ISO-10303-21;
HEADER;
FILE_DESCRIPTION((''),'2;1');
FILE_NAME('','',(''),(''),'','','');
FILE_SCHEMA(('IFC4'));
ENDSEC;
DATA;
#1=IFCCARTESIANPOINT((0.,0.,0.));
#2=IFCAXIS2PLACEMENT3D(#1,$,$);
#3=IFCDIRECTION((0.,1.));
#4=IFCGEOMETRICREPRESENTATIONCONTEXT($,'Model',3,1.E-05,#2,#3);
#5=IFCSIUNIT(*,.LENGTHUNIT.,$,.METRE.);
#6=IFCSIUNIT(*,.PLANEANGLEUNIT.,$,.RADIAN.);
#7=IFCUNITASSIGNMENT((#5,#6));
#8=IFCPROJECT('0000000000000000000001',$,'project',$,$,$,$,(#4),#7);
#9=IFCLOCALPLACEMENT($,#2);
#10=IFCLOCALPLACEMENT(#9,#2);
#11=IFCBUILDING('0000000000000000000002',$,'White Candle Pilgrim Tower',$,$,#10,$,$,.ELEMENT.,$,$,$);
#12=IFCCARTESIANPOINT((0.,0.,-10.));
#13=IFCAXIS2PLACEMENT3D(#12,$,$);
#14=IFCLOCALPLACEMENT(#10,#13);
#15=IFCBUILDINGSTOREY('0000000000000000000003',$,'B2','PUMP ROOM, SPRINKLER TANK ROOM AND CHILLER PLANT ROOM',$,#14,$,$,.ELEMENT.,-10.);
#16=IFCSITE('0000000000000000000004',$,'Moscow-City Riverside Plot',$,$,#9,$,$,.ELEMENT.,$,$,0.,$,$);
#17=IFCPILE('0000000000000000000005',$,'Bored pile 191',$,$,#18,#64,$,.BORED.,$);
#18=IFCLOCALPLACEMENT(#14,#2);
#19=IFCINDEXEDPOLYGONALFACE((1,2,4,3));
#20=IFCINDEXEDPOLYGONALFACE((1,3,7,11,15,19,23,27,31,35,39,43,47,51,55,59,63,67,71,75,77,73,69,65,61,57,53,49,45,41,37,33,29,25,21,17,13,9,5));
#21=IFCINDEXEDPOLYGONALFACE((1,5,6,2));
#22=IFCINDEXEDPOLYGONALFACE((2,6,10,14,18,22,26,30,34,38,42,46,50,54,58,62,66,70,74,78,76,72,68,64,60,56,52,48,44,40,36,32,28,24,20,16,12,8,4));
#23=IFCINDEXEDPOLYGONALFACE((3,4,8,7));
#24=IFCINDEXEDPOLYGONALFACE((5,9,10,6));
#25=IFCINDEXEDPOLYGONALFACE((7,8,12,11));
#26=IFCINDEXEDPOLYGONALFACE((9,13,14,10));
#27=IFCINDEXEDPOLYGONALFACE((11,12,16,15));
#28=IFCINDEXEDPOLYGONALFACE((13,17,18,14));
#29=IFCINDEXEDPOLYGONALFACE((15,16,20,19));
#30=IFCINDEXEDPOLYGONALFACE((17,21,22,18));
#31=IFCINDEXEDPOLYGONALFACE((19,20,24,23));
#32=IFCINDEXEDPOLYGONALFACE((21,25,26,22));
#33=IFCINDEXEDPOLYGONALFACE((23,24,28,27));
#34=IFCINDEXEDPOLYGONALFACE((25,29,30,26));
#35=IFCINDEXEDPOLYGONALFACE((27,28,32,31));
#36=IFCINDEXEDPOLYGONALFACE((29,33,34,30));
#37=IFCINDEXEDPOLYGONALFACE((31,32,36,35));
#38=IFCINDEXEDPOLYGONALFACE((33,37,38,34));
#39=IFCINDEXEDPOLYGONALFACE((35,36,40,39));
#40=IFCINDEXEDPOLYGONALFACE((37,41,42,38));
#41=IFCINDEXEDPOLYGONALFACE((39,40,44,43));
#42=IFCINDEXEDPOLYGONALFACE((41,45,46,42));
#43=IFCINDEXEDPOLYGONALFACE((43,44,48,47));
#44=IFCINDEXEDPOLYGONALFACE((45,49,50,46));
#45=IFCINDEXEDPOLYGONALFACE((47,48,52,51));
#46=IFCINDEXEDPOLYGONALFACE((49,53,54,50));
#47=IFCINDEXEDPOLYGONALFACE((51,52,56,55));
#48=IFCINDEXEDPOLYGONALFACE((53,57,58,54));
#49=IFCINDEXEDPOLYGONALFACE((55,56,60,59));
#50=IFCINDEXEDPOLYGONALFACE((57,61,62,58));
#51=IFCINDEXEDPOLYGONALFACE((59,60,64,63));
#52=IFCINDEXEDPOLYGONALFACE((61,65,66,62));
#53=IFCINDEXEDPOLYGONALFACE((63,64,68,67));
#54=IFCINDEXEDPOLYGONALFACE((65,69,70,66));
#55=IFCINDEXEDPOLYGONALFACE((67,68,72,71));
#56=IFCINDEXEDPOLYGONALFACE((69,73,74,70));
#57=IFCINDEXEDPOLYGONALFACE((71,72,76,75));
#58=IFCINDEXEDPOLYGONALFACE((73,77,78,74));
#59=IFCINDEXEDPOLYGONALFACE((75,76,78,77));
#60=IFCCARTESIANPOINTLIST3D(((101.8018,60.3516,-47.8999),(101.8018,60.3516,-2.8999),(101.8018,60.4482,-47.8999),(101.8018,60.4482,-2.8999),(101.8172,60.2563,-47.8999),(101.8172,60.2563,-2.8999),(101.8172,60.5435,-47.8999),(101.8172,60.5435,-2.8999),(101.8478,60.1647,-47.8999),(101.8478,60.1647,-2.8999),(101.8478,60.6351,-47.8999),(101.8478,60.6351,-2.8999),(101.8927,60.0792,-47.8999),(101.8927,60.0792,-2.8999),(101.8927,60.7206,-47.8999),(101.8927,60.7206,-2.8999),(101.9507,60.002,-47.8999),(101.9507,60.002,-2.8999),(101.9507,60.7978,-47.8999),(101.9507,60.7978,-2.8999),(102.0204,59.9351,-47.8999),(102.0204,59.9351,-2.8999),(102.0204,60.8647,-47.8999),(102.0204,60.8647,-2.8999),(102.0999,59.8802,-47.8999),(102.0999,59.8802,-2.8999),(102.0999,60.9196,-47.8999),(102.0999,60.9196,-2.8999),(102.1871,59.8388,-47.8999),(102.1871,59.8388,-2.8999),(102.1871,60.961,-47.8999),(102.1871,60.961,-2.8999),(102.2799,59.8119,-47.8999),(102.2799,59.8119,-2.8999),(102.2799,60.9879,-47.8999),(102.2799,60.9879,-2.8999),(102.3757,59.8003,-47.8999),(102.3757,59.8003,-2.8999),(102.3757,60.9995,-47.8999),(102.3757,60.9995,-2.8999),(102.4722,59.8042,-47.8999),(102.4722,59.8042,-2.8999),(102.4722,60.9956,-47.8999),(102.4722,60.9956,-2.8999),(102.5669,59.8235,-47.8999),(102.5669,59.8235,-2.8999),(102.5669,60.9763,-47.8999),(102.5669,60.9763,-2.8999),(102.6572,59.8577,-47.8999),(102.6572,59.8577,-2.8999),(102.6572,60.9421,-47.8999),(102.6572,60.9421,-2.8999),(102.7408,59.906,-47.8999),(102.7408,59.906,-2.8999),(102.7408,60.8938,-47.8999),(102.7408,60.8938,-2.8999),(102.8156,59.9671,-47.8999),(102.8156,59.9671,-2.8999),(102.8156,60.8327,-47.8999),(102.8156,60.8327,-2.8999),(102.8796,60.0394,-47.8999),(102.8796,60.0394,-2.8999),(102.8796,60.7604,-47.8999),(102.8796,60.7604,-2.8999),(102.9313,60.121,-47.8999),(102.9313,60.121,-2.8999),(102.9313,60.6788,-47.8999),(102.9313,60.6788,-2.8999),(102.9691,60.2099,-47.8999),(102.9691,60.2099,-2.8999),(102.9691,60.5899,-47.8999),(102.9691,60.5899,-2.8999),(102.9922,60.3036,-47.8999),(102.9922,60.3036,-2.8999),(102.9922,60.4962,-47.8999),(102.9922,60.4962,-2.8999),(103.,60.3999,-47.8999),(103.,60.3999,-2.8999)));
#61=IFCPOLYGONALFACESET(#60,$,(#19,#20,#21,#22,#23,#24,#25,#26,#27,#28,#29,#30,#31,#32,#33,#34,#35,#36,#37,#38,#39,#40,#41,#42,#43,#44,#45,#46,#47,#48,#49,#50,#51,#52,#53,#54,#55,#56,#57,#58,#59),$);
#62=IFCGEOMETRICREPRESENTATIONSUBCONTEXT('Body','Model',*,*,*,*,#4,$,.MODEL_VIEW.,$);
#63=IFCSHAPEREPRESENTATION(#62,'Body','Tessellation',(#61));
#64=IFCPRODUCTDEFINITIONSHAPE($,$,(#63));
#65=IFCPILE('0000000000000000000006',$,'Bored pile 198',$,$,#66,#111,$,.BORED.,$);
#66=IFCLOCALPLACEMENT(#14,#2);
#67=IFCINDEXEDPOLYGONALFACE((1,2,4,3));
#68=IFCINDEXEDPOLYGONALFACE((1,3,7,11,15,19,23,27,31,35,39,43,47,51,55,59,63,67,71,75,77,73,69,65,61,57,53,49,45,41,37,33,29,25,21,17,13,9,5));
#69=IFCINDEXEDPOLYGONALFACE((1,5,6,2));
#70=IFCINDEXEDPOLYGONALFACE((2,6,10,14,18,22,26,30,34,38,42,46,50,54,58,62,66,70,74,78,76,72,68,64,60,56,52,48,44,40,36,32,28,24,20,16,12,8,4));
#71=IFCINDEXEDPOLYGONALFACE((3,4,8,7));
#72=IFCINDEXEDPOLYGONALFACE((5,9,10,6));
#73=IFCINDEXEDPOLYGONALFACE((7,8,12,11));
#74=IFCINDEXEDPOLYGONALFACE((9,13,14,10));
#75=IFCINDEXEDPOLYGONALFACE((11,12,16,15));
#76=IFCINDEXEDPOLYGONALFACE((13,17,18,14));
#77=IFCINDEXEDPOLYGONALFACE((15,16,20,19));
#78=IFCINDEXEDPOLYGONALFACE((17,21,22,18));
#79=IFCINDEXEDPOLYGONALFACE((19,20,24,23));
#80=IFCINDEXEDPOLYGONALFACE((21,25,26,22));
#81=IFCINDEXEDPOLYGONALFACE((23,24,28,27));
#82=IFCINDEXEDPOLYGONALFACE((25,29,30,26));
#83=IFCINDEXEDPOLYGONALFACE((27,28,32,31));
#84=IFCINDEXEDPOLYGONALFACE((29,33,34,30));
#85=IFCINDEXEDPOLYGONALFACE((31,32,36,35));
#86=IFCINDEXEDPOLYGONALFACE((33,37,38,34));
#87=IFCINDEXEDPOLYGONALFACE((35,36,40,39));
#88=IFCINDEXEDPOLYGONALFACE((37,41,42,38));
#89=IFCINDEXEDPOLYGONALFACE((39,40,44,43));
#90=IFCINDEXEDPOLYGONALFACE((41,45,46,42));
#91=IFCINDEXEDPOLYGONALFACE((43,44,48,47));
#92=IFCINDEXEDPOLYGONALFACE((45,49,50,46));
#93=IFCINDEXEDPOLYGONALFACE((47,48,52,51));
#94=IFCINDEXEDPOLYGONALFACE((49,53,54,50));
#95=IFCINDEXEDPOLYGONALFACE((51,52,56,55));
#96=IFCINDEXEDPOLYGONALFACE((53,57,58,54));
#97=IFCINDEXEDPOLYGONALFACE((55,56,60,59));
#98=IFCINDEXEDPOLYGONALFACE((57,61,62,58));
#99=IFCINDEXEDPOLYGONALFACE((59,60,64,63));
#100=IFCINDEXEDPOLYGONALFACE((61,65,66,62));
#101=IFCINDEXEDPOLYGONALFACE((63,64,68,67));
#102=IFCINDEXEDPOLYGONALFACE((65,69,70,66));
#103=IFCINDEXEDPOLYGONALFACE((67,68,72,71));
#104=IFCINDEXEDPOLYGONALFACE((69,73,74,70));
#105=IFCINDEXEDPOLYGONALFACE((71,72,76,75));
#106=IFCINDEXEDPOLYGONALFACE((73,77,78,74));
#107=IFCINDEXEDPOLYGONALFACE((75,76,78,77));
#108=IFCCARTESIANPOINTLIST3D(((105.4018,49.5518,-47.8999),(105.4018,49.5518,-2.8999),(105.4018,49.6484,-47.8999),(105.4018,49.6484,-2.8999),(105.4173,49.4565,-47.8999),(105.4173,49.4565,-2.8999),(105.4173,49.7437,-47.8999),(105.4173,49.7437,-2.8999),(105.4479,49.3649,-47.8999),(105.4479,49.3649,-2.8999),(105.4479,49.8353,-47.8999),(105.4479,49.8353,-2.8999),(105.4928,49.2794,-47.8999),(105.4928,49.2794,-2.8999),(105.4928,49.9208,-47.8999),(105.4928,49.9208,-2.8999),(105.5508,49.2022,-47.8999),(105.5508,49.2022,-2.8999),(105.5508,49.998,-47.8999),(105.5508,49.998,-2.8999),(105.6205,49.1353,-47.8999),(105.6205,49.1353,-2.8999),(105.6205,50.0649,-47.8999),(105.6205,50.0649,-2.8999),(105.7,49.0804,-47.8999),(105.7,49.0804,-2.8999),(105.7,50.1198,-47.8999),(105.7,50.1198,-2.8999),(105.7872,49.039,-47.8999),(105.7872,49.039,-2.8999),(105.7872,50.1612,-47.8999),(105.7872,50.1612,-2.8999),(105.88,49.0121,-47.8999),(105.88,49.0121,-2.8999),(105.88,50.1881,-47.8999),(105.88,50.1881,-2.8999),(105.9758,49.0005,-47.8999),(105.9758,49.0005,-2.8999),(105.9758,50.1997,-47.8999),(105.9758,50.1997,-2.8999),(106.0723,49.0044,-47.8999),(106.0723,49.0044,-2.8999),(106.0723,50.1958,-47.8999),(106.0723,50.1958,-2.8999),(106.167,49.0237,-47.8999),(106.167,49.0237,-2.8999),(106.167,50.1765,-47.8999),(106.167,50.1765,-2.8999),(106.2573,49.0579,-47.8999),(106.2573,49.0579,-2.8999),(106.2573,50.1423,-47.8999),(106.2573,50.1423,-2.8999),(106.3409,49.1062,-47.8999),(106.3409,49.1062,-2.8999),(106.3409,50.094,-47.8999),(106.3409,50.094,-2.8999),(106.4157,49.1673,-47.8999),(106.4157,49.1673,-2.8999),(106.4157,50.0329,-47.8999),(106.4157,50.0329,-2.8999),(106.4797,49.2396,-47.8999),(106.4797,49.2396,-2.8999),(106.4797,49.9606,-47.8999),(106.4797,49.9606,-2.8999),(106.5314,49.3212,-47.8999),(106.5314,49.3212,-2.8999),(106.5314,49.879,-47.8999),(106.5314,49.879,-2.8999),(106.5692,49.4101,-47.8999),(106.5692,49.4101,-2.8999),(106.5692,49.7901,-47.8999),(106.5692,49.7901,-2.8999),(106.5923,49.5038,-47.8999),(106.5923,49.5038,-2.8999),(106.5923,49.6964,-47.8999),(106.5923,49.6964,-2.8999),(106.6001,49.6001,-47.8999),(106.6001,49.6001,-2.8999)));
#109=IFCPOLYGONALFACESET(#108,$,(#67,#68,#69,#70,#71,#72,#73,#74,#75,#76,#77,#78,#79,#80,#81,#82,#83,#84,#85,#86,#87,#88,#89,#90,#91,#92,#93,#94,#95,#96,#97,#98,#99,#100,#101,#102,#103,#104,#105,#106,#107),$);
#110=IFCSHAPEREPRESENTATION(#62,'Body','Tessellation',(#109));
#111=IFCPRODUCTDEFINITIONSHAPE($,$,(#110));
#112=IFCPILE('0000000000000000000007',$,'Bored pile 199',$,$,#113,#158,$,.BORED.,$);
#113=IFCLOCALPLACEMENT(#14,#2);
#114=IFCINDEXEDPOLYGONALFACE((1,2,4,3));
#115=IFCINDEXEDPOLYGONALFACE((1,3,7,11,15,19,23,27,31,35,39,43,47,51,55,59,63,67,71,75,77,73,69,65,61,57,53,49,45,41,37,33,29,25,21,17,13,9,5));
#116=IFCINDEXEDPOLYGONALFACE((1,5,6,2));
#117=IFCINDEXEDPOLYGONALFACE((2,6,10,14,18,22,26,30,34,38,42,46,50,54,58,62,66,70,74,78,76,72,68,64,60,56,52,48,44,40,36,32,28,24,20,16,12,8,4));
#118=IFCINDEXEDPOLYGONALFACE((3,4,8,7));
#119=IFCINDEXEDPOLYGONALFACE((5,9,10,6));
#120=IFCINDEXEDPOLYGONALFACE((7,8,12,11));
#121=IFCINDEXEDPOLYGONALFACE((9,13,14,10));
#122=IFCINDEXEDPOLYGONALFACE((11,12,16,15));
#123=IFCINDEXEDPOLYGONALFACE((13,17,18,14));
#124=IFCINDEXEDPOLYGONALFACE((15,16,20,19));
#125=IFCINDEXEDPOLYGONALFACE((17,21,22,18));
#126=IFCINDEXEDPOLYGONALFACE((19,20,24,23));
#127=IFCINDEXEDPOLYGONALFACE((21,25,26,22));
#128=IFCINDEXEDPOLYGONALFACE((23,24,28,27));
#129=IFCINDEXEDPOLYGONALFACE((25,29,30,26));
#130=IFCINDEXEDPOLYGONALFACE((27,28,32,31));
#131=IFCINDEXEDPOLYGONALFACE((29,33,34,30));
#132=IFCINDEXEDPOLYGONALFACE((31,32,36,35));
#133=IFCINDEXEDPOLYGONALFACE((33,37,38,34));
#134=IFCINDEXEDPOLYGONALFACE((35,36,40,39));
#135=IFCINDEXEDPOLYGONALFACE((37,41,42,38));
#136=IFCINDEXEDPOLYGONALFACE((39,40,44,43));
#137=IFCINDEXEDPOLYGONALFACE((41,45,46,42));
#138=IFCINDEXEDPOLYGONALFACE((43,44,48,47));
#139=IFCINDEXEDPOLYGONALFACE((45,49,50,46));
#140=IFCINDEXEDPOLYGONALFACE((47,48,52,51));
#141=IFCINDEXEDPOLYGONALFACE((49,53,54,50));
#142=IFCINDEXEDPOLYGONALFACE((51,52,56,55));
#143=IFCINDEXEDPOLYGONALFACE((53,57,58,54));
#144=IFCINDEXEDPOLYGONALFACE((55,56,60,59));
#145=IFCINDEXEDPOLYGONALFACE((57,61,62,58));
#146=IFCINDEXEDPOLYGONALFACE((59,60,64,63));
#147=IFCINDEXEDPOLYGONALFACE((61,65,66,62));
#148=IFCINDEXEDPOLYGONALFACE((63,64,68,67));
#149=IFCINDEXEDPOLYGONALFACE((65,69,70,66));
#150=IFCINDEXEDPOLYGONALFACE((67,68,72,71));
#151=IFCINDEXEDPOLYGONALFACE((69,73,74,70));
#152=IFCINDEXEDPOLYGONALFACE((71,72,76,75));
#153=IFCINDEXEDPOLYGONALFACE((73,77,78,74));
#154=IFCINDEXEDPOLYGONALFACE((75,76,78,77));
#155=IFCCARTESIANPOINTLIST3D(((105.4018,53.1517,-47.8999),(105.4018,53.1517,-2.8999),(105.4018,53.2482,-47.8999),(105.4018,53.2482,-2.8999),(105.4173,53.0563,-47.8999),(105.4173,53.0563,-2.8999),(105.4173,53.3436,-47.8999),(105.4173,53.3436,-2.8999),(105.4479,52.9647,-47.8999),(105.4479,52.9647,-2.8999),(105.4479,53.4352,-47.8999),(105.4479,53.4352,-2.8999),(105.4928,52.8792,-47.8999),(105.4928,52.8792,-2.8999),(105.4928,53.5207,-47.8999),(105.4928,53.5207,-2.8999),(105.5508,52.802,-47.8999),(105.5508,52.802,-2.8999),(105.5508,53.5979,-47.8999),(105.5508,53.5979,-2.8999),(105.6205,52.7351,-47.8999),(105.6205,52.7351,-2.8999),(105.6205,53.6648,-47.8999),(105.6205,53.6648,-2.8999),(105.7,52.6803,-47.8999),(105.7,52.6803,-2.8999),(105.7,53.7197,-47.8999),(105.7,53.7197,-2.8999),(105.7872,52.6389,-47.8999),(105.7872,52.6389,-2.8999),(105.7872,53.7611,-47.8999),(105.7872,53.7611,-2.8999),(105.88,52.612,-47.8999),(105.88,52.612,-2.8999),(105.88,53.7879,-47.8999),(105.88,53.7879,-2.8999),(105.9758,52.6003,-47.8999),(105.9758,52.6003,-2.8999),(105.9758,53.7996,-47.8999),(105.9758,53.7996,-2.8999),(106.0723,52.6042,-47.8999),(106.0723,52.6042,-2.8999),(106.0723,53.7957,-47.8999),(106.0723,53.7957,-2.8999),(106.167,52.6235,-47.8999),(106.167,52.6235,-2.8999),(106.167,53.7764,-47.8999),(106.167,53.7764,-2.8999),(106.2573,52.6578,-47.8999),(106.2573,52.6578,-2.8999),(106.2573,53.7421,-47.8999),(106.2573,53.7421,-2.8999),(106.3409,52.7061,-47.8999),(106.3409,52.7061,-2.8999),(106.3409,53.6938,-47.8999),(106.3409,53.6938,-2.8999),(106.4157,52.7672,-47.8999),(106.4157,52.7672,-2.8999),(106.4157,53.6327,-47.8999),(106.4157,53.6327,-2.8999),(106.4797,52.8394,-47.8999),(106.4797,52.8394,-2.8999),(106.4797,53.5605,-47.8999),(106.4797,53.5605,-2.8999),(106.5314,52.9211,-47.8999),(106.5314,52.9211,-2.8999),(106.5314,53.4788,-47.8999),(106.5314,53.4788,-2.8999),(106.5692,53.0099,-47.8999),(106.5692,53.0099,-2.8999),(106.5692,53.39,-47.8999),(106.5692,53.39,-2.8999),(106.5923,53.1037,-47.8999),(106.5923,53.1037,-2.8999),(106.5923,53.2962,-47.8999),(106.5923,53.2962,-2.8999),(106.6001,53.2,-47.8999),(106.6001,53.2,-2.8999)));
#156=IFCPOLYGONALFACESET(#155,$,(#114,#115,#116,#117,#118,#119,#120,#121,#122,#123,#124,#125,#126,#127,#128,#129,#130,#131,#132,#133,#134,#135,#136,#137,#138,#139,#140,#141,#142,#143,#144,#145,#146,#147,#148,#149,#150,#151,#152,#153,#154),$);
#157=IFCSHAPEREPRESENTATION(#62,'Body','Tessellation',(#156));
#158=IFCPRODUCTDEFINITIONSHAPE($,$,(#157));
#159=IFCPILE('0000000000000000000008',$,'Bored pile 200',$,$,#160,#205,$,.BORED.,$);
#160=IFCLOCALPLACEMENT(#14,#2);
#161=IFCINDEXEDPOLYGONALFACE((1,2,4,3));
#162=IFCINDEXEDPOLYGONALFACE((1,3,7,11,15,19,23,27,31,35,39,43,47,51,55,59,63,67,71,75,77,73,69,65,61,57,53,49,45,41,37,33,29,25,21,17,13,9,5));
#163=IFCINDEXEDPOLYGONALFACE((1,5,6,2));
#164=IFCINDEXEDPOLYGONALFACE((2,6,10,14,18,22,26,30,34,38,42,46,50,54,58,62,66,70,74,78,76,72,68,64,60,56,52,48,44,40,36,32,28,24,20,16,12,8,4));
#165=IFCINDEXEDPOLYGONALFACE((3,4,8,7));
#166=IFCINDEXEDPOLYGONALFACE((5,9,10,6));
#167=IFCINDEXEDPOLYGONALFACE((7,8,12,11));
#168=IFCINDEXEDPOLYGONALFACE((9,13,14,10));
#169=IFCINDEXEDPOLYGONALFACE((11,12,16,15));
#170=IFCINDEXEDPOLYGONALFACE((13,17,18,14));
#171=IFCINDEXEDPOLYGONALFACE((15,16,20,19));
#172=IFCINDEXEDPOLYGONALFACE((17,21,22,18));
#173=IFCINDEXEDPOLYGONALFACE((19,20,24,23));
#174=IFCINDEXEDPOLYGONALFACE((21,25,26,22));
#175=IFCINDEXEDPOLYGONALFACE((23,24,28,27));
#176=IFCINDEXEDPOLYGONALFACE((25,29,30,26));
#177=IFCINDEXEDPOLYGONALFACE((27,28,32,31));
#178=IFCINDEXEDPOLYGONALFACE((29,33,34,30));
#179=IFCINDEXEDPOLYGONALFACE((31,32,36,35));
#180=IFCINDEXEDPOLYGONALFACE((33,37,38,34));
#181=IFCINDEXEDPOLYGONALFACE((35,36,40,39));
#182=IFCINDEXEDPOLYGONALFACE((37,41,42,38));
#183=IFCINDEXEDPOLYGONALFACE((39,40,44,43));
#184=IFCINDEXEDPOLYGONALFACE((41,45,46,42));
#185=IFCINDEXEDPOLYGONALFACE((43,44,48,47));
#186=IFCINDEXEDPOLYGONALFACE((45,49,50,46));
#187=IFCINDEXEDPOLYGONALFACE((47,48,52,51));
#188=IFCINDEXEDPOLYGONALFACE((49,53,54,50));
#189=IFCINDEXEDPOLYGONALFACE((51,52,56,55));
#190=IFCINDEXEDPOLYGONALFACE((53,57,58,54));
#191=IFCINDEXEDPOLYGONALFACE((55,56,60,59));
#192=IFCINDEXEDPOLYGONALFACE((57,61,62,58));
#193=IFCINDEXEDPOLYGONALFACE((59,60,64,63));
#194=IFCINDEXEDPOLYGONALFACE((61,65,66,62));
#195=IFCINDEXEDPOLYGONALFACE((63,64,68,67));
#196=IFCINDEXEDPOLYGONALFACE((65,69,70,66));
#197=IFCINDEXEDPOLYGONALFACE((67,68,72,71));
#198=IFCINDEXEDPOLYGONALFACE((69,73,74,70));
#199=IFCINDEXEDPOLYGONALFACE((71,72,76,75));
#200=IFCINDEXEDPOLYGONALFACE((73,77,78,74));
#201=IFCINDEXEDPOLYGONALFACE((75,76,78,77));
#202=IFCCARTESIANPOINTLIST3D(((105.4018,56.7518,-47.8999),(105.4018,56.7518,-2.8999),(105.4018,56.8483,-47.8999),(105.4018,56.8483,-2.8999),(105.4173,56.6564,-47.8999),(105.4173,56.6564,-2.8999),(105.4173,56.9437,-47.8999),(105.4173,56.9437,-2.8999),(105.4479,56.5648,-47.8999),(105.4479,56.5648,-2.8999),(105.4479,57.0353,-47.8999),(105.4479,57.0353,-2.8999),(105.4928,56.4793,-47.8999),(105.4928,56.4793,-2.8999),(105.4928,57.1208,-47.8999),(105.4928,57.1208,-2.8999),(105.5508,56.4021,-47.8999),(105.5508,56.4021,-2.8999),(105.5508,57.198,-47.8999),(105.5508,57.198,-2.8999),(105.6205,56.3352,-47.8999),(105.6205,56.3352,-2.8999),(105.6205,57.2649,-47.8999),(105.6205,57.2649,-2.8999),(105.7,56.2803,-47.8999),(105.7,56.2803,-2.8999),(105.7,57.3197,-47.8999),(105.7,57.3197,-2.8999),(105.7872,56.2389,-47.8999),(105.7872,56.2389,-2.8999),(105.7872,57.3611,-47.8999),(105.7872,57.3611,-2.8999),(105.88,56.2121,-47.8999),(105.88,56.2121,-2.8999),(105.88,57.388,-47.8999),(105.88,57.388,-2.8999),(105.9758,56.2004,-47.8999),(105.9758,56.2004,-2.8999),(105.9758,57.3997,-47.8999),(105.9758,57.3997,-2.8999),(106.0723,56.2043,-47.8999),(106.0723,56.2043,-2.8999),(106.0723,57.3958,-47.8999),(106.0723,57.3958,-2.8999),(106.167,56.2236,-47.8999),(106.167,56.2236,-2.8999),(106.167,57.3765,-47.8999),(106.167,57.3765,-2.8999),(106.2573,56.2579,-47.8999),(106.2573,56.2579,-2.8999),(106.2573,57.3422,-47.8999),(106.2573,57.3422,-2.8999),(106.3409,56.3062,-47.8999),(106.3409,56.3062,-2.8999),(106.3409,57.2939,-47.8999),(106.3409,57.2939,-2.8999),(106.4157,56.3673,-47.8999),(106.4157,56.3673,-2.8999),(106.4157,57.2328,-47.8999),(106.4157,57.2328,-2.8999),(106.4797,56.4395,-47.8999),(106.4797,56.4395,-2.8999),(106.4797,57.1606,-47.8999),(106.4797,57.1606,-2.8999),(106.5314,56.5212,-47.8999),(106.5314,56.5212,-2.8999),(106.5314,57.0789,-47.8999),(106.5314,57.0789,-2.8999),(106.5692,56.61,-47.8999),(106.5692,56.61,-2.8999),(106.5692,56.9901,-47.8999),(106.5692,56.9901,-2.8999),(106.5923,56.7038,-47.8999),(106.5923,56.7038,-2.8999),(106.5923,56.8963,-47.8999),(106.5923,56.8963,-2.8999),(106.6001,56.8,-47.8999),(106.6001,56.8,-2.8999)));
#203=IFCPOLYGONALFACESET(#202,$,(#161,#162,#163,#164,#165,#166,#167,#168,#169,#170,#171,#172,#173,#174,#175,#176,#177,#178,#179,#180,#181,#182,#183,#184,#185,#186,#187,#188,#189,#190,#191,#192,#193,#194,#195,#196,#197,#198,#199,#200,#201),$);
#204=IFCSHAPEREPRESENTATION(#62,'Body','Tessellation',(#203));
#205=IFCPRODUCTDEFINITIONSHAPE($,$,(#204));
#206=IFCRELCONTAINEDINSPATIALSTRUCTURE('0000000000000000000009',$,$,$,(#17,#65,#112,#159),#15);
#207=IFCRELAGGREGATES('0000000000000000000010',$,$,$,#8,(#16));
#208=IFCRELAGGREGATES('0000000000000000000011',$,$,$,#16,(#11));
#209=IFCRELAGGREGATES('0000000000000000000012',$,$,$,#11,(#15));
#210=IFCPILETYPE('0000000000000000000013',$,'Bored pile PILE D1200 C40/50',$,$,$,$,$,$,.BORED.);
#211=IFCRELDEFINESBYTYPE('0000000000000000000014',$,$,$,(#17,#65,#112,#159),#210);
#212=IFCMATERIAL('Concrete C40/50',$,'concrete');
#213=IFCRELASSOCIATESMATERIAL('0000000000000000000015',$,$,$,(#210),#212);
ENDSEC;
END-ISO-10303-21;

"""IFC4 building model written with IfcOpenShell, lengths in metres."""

from ifc_helpers import new_model, si_unit, direction, frame, origin, origin_2d, place, context, subcontext, project, spatial, circle, extrude, material, material_profile, profile_set, type_object, element, save


model = new_model("IFC4")

# Units and contexts
model_context = context("Model", 3, precision=1e-05, world=origin(), true_north=direction((0.0, 1.0)))
body_context = subcontext(model_context, "Body", "Model", "MODEL_VIEW")
ifc_project = project(units=[si_unit("LENGTHUNIT", "METRE"), si_unit("PLANEANGLEUNIT", "RADIAN")], contexts=[model_context])

# Site, building, storey
site_placement = place(None, origin())
site = spatial("IfcSite", under=ifc_project, at=site_placement, Name="Moscow-City Riverside Plot", CompositionType="ELEMENT", RefElevation=0.0)
building_placement = place(site_placement, origin())
building = spatial("IfcBuilding", under=site, at=building_placement, Name="White Candle Pilgrim Tower", CompositionType="ELEMENT")
storey_placement = place(building_placement, frame((0.0, 0.0, -10.0)))
storey = spatial("IfcBuildingStorey", under=building, at=storey_placement, Name="B2", Description="PUMP ROOM, SPRINKLER TANK ROOM AND CHILLER PLANT ROOM", CompositionType="ELEMENT", Elevation=-10.0)

# Piles
ifc_material_1 = material(Name="Concrete C40/50", Category="concrete")
ifc_material_profile_1 = material_profile(ifc_material_1, circle(Radius=0.6001, at=origin_2d()), Name="PILE D1200")
ifc_profile_set_1 = profile_set([ifc_material_profile_1], Name="Concrete C40/50")
pile_type = type_object("IfcPileType", Name="Bored pile PILE D1200 C40/50", PredefinedType="BORED", material=ifc_profile_set_1)
for number, where, z_axis, x_axis, name in (
    (1, (102.3999, 60.3999, -2.8999), (0.0, 0.0, -1.0), (1.0, 0.0, 0.0), "Bored pile 191"),
    (2, (106.0, 49.6001, -2.8999), (0.0, 0.0, -1.0), (1.0, 0.0, 0.0), "Bored pile 198"),
    (3, (106.0, 53.2, -2.8999), (0.0, 0.0, -1.0), (1.0, 0.0, 0.0), "Bored pile 199"),
    (4, (106.0, 56.8, -2.8999), (0.0, 0.0, -1.0), (1.0, 0.0, 0.0), "Bored pile 200"),
):
    element("IfcPile", number, at=place(storey_placement, frame(where, z_axis=z_axis, x_axis=x_axis)), inside=storey, type_object=pile_type, Name=name, PredefinedType="BORED", context=body_context, shape_type="SweptSolid", body=[
        extrude(circle(Radius=0.6001, at=origin_2d()), origin(), (0.0, 0.0, 1.0), 45.0),
    ])

save(model, "model.ifc")
